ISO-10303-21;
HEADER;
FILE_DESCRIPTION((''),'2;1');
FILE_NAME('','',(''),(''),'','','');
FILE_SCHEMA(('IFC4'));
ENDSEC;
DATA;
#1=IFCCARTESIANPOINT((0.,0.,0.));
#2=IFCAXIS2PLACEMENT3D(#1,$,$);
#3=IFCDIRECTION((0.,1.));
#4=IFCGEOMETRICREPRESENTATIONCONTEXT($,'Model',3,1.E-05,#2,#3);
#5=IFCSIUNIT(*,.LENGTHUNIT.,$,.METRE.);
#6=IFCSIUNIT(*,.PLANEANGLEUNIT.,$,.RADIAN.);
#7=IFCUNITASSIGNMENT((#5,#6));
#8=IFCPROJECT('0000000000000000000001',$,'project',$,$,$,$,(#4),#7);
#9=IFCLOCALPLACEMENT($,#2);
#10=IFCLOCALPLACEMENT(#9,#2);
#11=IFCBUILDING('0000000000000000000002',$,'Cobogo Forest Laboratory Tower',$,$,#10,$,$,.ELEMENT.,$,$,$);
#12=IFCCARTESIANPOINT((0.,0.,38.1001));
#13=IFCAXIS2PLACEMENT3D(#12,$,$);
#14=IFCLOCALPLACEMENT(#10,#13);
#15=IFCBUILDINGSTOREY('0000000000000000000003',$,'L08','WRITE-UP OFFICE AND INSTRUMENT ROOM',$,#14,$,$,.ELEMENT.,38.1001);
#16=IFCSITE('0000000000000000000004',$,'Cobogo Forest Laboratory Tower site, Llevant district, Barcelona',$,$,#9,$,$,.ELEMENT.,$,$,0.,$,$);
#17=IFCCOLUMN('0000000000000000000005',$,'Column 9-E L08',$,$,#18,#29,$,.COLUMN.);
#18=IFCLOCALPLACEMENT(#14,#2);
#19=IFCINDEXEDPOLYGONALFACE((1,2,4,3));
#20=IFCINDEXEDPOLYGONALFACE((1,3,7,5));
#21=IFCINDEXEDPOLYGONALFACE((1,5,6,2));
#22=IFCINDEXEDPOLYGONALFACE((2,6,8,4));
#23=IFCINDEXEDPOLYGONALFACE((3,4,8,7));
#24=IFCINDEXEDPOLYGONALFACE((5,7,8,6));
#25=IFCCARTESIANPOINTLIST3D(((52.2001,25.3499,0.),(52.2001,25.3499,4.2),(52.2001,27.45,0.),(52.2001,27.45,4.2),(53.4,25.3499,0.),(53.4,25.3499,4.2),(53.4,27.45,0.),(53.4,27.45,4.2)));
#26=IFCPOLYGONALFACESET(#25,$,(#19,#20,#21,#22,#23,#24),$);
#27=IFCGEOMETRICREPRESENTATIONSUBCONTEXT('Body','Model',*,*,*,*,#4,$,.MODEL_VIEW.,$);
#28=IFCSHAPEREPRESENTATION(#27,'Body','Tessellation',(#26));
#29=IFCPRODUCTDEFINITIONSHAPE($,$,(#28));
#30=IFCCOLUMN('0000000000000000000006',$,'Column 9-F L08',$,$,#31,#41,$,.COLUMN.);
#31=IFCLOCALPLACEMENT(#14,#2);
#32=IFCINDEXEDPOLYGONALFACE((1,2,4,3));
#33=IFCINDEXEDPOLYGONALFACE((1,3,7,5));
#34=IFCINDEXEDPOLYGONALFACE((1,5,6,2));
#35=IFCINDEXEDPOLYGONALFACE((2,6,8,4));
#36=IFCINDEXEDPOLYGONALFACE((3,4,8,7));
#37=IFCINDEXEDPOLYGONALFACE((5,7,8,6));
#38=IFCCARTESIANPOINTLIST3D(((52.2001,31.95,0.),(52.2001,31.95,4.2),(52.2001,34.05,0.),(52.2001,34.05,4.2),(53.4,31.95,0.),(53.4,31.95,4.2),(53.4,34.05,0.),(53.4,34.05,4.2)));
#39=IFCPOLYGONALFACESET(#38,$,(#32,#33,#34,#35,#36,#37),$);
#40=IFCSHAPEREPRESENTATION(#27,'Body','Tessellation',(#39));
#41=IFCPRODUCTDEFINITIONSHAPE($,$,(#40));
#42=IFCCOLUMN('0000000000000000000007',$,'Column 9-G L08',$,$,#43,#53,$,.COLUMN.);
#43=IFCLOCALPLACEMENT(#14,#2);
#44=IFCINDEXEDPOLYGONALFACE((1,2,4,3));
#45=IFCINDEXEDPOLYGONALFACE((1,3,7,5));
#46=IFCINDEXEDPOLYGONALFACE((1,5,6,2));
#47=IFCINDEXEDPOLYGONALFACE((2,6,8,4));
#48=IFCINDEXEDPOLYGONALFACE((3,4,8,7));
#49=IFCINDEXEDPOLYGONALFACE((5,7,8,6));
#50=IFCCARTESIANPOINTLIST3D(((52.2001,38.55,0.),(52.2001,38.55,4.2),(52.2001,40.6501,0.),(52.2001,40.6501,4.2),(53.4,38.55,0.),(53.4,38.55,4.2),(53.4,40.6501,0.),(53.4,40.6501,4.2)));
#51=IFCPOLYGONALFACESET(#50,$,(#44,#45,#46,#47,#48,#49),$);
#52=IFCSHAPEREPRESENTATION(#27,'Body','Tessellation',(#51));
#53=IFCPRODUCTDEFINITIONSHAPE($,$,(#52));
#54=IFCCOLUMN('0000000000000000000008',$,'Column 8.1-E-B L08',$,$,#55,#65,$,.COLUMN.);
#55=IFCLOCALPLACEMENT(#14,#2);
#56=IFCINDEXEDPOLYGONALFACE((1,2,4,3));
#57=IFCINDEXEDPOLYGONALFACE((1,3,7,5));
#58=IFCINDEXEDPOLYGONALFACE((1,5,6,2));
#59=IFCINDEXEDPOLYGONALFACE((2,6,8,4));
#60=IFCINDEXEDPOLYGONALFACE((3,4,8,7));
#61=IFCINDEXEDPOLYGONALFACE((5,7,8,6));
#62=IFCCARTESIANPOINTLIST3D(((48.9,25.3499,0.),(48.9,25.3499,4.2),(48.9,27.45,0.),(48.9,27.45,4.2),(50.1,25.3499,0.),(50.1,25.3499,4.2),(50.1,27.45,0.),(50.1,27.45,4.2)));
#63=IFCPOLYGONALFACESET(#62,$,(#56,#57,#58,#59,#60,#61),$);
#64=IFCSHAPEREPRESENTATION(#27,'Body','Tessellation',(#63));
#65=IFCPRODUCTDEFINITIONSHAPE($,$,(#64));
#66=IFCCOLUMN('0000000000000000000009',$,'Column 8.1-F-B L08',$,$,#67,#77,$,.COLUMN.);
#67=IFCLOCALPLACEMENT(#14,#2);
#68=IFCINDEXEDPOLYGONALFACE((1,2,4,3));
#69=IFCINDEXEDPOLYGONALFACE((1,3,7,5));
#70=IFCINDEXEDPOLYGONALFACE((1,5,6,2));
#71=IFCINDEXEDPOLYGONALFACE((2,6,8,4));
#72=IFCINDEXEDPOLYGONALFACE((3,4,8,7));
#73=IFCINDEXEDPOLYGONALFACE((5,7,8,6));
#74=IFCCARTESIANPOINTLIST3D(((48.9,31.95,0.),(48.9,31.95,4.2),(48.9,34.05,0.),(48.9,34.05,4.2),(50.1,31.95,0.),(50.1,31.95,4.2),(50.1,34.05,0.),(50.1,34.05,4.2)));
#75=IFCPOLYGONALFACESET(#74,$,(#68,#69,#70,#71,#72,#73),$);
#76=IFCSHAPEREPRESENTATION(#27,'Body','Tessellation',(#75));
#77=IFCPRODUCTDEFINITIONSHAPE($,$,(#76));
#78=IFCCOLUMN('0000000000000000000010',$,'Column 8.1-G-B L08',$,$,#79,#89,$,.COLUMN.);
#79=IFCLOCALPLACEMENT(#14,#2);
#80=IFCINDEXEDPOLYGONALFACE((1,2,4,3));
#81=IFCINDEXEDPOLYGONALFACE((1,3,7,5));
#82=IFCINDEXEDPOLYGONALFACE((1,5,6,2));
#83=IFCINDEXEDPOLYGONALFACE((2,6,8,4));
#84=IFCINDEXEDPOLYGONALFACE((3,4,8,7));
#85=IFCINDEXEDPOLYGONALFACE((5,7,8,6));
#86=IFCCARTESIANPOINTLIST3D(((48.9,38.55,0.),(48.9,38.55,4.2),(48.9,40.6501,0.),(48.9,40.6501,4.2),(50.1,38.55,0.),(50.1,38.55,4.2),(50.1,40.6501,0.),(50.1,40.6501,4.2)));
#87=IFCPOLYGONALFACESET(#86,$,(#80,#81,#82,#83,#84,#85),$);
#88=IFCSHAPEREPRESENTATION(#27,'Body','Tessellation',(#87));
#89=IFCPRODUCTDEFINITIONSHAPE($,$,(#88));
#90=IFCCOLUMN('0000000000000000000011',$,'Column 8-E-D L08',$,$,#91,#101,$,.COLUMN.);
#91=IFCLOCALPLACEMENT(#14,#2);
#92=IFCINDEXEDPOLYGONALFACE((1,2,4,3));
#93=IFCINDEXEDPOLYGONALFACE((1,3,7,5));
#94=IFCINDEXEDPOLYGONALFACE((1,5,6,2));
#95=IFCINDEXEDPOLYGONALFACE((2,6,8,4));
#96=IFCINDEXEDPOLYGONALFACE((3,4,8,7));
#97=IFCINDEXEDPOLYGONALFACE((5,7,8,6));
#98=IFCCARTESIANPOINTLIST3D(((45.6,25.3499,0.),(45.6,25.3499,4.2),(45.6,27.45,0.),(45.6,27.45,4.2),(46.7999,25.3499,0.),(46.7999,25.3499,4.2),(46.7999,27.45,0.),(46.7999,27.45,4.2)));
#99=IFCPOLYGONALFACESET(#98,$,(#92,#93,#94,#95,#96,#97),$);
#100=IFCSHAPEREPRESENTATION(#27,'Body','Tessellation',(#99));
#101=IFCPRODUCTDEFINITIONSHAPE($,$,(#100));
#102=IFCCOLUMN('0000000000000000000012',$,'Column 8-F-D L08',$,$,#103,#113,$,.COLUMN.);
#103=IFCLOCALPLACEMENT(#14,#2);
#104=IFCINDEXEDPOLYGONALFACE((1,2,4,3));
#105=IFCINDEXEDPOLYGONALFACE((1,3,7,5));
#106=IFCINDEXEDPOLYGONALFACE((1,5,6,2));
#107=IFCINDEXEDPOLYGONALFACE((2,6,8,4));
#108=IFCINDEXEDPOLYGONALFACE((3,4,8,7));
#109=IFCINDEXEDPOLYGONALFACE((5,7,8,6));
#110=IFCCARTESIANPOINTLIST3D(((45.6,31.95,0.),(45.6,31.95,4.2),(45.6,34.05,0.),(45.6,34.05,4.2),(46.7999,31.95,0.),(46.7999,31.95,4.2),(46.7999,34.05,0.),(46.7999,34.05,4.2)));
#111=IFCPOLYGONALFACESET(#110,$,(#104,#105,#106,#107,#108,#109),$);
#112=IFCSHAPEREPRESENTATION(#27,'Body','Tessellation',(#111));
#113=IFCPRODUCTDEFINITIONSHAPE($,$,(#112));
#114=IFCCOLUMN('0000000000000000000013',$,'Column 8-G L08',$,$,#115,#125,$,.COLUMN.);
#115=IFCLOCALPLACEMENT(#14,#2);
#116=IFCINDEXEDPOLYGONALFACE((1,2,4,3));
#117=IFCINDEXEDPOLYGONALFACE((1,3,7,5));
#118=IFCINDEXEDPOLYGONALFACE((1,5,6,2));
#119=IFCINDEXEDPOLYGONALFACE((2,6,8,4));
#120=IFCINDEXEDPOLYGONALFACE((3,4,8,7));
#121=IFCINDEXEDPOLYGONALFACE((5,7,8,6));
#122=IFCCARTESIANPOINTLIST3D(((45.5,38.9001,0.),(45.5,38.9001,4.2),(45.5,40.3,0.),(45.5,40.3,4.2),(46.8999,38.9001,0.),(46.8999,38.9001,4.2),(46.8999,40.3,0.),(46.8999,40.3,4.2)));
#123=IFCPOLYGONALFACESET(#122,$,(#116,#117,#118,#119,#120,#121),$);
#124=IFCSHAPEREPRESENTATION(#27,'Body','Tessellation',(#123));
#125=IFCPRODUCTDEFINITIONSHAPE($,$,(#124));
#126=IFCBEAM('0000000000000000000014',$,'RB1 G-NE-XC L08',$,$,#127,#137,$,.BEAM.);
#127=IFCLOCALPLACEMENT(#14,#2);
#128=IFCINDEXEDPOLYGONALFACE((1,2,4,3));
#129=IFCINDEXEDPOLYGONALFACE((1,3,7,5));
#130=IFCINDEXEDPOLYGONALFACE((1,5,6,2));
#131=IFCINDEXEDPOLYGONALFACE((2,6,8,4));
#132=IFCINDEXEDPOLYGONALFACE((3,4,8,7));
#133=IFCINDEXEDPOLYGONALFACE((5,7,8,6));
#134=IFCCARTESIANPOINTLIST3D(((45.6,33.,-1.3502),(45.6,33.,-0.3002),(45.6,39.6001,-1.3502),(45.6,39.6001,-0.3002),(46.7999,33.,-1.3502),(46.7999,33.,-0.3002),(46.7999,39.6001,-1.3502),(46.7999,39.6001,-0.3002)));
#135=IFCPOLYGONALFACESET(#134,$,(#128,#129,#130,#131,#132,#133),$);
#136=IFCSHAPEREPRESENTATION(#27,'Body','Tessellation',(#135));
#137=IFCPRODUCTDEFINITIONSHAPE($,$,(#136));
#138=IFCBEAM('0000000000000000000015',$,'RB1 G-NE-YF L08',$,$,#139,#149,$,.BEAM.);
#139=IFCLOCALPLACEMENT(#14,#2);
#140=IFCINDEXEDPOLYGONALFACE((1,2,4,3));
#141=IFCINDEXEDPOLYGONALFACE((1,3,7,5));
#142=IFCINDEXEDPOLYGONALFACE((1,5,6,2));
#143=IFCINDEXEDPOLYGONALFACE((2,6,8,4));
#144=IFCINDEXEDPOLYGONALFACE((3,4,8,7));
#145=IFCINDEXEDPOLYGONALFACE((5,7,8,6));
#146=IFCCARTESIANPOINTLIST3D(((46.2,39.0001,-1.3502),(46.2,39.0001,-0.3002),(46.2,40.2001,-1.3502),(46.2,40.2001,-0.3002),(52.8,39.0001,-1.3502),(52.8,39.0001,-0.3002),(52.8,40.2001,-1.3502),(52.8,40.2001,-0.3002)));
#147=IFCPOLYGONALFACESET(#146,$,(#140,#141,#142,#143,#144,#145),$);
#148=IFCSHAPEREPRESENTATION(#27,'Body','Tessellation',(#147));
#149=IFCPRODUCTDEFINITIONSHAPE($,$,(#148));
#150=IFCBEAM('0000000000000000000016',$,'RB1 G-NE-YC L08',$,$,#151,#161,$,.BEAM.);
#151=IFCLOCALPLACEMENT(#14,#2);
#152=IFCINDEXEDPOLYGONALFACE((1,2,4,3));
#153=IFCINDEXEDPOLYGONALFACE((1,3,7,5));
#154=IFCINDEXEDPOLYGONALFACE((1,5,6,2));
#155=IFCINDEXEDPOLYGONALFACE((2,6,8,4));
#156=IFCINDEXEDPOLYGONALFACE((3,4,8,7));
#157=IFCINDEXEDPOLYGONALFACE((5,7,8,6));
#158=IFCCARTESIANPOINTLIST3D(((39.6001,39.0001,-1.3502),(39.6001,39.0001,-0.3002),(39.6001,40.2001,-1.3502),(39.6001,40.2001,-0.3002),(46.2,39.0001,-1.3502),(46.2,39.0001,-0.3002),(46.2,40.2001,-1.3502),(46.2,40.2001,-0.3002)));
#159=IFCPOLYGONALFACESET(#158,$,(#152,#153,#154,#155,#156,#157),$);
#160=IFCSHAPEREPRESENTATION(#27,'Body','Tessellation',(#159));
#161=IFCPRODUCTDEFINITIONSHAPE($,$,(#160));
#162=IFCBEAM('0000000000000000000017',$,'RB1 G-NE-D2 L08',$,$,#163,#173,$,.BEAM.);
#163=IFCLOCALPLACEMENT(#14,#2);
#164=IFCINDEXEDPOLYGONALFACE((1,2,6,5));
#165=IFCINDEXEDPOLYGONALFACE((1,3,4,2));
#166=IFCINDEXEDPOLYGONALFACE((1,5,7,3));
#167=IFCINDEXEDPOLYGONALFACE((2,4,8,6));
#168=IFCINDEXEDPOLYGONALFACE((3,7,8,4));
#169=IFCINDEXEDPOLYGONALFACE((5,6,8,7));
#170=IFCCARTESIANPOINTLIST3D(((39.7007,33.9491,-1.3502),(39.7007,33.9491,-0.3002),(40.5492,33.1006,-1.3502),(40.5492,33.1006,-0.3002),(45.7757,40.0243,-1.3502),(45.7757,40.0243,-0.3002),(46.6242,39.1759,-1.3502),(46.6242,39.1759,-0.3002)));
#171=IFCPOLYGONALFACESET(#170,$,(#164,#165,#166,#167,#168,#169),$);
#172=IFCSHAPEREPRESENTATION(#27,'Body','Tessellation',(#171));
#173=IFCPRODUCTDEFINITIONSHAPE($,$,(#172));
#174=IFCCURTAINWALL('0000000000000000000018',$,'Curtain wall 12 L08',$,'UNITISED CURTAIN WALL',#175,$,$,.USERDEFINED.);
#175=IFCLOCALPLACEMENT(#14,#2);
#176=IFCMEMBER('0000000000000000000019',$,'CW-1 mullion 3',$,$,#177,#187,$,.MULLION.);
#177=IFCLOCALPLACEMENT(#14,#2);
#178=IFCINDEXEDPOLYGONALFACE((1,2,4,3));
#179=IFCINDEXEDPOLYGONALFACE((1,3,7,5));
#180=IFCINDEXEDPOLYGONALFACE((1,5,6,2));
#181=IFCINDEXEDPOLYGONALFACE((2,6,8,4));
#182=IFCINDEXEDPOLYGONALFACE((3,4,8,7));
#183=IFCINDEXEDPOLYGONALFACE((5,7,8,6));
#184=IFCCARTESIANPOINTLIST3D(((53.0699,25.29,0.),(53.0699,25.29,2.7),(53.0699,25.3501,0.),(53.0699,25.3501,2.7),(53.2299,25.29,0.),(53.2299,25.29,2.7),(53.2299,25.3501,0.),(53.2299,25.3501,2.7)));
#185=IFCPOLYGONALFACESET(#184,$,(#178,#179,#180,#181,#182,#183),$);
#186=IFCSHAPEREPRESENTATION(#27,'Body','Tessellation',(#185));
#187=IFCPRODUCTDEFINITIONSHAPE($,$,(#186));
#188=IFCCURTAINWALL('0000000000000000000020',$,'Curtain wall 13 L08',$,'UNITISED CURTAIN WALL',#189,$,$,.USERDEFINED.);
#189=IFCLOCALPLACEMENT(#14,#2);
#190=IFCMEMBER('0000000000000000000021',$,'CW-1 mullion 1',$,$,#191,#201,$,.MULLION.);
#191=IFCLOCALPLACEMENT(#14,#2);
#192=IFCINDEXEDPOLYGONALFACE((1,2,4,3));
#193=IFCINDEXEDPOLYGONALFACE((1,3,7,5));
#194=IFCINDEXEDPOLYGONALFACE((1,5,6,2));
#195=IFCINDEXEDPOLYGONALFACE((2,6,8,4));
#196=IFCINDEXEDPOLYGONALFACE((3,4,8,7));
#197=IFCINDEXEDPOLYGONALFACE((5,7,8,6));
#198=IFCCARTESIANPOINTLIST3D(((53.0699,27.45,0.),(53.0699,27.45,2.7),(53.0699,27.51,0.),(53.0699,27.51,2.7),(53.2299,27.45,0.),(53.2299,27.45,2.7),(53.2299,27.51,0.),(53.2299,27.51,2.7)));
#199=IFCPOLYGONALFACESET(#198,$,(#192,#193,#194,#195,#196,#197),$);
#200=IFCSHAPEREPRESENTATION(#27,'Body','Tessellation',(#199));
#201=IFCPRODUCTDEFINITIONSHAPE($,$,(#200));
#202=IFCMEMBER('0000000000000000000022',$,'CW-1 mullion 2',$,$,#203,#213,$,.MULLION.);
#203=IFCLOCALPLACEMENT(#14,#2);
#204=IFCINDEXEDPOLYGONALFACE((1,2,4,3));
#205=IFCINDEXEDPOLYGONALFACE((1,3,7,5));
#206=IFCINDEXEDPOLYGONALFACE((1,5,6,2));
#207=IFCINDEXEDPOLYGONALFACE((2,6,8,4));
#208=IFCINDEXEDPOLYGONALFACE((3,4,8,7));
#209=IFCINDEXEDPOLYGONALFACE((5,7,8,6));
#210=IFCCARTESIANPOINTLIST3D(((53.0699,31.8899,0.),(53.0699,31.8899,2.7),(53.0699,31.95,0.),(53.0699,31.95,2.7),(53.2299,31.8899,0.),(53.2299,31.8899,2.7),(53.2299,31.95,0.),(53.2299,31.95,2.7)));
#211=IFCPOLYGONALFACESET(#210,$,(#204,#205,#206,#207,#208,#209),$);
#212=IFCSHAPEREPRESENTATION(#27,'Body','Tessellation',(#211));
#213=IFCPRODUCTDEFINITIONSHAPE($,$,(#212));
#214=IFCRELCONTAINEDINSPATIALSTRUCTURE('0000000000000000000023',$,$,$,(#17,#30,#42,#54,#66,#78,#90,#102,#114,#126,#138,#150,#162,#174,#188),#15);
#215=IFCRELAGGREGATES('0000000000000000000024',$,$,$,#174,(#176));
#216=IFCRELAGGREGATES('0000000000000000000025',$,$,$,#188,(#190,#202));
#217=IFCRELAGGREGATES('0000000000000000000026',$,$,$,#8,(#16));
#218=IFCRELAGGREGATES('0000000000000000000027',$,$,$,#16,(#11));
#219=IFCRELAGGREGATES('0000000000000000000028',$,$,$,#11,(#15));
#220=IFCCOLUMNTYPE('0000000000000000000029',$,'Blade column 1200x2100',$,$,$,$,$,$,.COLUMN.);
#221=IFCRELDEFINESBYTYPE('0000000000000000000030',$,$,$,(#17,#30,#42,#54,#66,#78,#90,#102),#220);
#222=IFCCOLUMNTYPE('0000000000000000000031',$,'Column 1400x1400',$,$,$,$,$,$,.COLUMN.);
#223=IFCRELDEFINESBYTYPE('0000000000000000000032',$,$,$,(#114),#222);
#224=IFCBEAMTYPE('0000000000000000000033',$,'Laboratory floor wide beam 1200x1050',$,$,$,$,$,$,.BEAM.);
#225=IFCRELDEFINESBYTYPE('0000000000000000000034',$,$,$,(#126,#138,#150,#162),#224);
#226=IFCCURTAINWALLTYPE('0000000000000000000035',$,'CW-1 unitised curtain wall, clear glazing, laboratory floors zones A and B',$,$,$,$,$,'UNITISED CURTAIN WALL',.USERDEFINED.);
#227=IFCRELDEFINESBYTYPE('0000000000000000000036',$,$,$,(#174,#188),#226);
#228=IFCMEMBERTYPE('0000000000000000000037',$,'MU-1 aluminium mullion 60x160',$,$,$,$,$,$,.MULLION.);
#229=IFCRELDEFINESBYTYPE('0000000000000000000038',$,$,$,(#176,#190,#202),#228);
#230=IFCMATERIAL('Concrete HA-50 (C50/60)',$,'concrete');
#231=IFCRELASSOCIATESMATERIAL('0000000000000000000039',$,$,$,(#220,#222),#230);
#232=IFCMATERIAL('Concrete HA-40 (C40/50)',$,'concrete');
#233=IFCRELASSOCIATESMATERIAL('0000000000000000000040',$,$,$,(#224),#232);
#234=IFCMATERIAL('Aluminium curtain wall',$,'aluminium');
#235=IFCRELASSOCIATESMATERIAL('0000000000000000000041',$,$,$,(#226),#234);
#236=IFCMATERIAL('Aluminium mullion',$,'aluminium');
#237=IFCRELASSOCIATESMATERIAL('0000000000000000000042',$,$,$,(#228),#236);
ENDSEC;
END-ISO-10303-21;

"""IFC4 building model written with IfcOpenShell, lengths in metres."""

from ifc_helpers import new_model, si_unit, direction, frame, origin, origin_2d, place, context, subcontext, project, spatial, rectangle, extrude, material, material_profile, profile_set, type_object, element, aggregate, save


model = new_model("IFC4")

# Units and contexts
model_context = context("Model", 3, precision=1e-05, world=origin(), true_north=direction((0.0, 1.0)))
body_context = subcontext(model_context, "Body", "Model", "MODEL_VIEW")
ifc_project = project(units=[si_unit("LENGTHUNIT", "METRE"), si_unit("PLANEANGLEUNIT", "RADIAN")], contexts=[model_context])

# Site, building, storey
site_placement = place(None, origin())
site = spatial("IfcSite", under=ifc_project, at=site_placement, Name="Cobogo Forest Laboratory Tower site, Llevant district, Barcelona", CompositionType="ELEMENT", RefElevation=0.0)
building_placement = place(site_placement, origin())
building = spatial("IfcBuilding", under=site, at=building_placement, Name="Cobogo Forest Laboratory Tower", CompositionType="ELEMENT")
storey_placement = place(building_placement, frame((0.0, 0.0, 38.1001)))
storey = spatial("IfcBuildingStorey", under=building, at=storey_placement, Name="L08", Description="WRITE-UP OFFICE AND INSTRUMENT ROOM", CompositionType="ELEMENT", Elevation=38.1001)

# Columns
ifc_material_1 = material(Name="Concrete HA-50 (C50/60)", Category="concrete")
ifc_material_profile_1 = material_profile(ifc_material_1, rectangle(XDim=2.1001, YDim=1.2, at=origin_2d()), Name="RC 1200x2100")
ifc_profile_set_1 = profile_set([ifc_material_profile_1], Name="Concrete HA-50 (C50/60)")
column_type_1 = type_object("IfcColumnType", Name="Blade column 1200x2100", PredefinedType="COLUMN", material=ifc_profile_set_1)
for number, where, z_axis, x_axis, name in (
    (1, (52.8, 26.3999, 0.0), (0.0, 0.0, 1.0), (0.0, 1.0, 0.0), "Column 9-E L08"),
    (2, (52.8, 33.0, 0.0), (0.0, 0.0, 1.0), (0.0, 1.0, 0.0), "Column 9-F L08"),
    (3, (52.8, 39.6001, 0.0), (0.0, 0.0, 1.0), (0.0, 1.0, 0.0), "Column 9-G L08"),
    (4, (49.5, 26.3999, 0.0), (0.0, 0.0, 1.0), (0.0, 1.0, 0.0), "Column 8.1-E-B L08"),
    (5, (49.5, 33.0, 0.0), (0.0, 0.0, 1.0), (0.0, 1.0, 0.0), "Column 8.1-F-B L08"),
    (6, (49.5, 39.6001, 0.0), (0.0, 0.0, 1.0), (0.0, 1.0, 0.0), "Column 8.1-G-B L08"),
    (7, (46.2, 26.3999, 0.0), (0.0, 0.0, 1.0), (0.0, 1.0, 0.0), "Column 8-E-D L08"),
    (8, (46.2, 33.0, 0.0), (0.0, 0.0, 1.0), (0.0, 1.0, 0.0), "Column 8-F-D L08"),
):
    element("IfcColumn", number, at=place(storey_placement, frame(where, z_axis=z_axis, x_axis=x_axis)), inside=storey, type_object=column_type_1, Name=name, PredefinedType="COLUMN", context=body_context, shape_type="SweptSolid", body=[
        extrude(rectangle(XDim=2.1001, YDim=1.2, at=origin_2d()), origin(), (0.0, 0.0, 1.0), 4.2),
    ])
ifc_material_profile_2 = material_profile(ifc_material_1, rectangle(XDim=1.3999, YDim=1.3999, at=origin_2d()), Name="RC 1400x1400")
ifc_profile_set_2 = profile_set([ifc_material_profile_2], Name="Concrete HA-50 (C50/60)")
column_type_2 = type_object("IfcColumnType", Name="Column 1400x1400", PredefinedType="COLUMN", material=ifc_profile_set_2)
column_placement = place(storey_placement, frame((46.2, 39.6001, 0.0), z_axis=(0.0, 0.0, 1.0), x_axis=(1.0, 0.0, 0.0)))
element("IfcColumn", 9, at=column_placement, inside=storey, type_object=column_type_2, Name="Column 8-G L08", PredefinedType="COLUMN", context=body_context, shape_type="SweptSolid", body=[
    extrude(rectangle(XDim=1.3999, YDim=1.3999, at=origin_2d()), origin(), (0.0, 0.0, 1.0), 4.2),
])

# Beams
ifc_material_2 = material(Name="Concrete HA-40 (C40/50)", Category="concrete")
ifc_material_profile_3 = material_profile(ifc_material_2, rectangle(XDim=1.2, YDim=1.05, at=origin_2d()), Name="RC 1200x1050")
ifc_profile_set_3 = profile_set([ifc_material_profile_3], Name="Concrete HA-40 (C40/50)")
beam_type_1 = type_object("IfcBeamType", Name="Laboratory floor wide beam 1200x1050", PredefinedType="BEAM", material=ifc_profile_set_3)
for number, where, z_axis, x_axis, name in (
    (10, (46.2, 39.6001, -0.8252), (0.0, -1.0, 0.0), (1.0, 0.0, 0.0), "RB1 G-NE-XC L08"),
    (11, (52.8, 39.6001, -0.8252), (-1.0, 0.0, 0.0), (0.0, -1.0, 0.0), "RB1 G-NE-YF L08"),
):
    element("IfcBeam", number, at=place(storey_placement, frame(where, z_axis=z_axis, x_axis=x_axis)), inside=storey, type_object=beam_type_1, Name=name, PredefinedType="BEAM", context=body_context, shape_type="SweptSolid", body=[
        extrude(rectangle(XDim=1.2, YDim=1.05, at=origin_2d()), origin(), (0.0, 0.0, 1.0), 6.6001),
    ])
beam_1_placement = place(storey_placement, frame((46.2, 39.6001, -0.8252), z_axis=(-1.0, 0.0, 0.0), x_axis=(0.0, -1.0, 0.0)))
element("IfcBeam", 12, at=beam_1_placement, inside=storey, type_object=beam_type_1, Name="RB1 G-NE-YC L08", PredefinedType="BEAM", context=body_context, shape_type="SweptSolid", body=[
    extrude(rectangle(XDim=1.2, YDim=1.05, at=origin_2d()), origin(), (0.0, 0.0, 1.0), 6.5999),
])
beam_2_placement = place(storey_placement, frame((46.2, 39.6001, -0.8252), z_axis=(-0.707093, -0.707121, 0.0), x_axis=(0.707121, -0.707093, 0.0)))
element("IfcBeam", 13, at=beam_2_placement, inside=storey, type_object=beam_type_1, Name="RB1 G-NE-D2 L08", PredefinedType="BEAM", context=body_context, shape_type="SweptSolid", body=[
    extrude(rectangle(XDim=1.2, YDim=1.05, at=origin_2d()), origin(), (0.0, 0.0, 1.0), 8.5916),
])

# Curtain wall, member
ifc_material_3 = material(Name="Aluminium curtain wall", Category="aluminium")
curtain_wall_type = type_object("IfcCurtainWallType", Name="CW-1 unitised curtain wall, clear glazing, laboratory floors zones A and B", ElementType="UNITISED CURTAIN WALL", PredefinedType="USERDEFINED", material=ifc_material_3)
curtain_wall_1_placement = place(storey_placement, origin())
curtain_wall_1 = element("IfcCurtainWall", 14, at=curtain_wall_1_placement, inside=storey, type_object=curtain_wall_type, Name="Curtain wall 12 L08", ObjectType="UNITISED CURTAIN WALL", PredefinedType="USERDEFINED")
ifc_material_4 = material(Name="Aluminium mullion", Category="aluminium")
ifc_material_profile_4 = material_profile(ifc_material_4, rectangle(XDim=0.0601, YDim=0.1599, at=origin_2d()), Name="AL 60x160")
ifc_profile_set_4 = profile_set([ifc_material_profile_4], Name="Aluminium mullion")
member_type_1 = type_object("IfcMemberType", Name="MU-1 aluminium mullion 60x160", PredefinedType="MULLION", material=ifc_profile_set_4)
member_1_placement = place(storey_placement, frame((53.1499, 25.3201, 0.0), z_axis=(0.0, 0.0, 1.0), x_axis=(0.0, 1.0, 0.0)))
member_1 = element("IfcMember", 15, at=member_1_placement, type_object=member_type_1, Name="CW-1 mullion 3", PredefinedType="MULLION", context=body_context, shape_type="SweptSolid", body=[
    extrude(rectangle(XDim=0.0601, YDim=0.1599, at=origin_2d()), origin(), (0.0, 0.0, 1.0), 2.7),
])

# Curtain wall, members
curtain_wall_2_placement = place(storey_placement, origin())
curtain_wall_2 = element("IfcCurtainWall", 16, at=curtain_wall_2_placement, inside=storey, type_object=curtain_wall_type, Name="Curtain wall 13 L08", ObjectType="UNITISED CURTAIN WALL", PredefinedType="USERDEFINED")
member_2_placement = place(storey_placement, frame((53.1499, 27.48, 0.0), z_axis=(0.0, 0.0, 1.0), x_axis=(0.0, 1.0, 0.0)))
member_2 = element("IfcMember", 17, at=member_2_placement, type_object=member_type_1, Name="CW-1 mullion 1", PredefinedType="MULLION", context=body_context, shape_type="SweptSolid", body=[
    extrude(rectangle(XDim=0.0601, YDim=0.1599, at=origin_2d()), origin(), (0.0, 0.0, 1.0), 2.7),
])
member_3_placement = place(storey_placement, frame((53.1499, 31.9199, 0.0), z_axis=(0.0, 0.0, 1.0), x_axis=(0.0, 1.0, 0.0)))
member_3 = element("IfcMember", 18, at=member_3_placement, type_object=member_type_1, Name="CW-1 mullion 2", PredefinedType="MULLION", context=body_context, shape_type="SweptSolid", body=[
    extrude(rectangle(XDim=0.0601, YDim=0.1599, at=origin_2d()), origin(), (0.0, 0.0, 1.0), 2.7),
])

aggregate(curtain_wall_1, [member_1])
aggregate(curtain_wall_2, [member_2, member_3])

save(model, "model.ifc")
